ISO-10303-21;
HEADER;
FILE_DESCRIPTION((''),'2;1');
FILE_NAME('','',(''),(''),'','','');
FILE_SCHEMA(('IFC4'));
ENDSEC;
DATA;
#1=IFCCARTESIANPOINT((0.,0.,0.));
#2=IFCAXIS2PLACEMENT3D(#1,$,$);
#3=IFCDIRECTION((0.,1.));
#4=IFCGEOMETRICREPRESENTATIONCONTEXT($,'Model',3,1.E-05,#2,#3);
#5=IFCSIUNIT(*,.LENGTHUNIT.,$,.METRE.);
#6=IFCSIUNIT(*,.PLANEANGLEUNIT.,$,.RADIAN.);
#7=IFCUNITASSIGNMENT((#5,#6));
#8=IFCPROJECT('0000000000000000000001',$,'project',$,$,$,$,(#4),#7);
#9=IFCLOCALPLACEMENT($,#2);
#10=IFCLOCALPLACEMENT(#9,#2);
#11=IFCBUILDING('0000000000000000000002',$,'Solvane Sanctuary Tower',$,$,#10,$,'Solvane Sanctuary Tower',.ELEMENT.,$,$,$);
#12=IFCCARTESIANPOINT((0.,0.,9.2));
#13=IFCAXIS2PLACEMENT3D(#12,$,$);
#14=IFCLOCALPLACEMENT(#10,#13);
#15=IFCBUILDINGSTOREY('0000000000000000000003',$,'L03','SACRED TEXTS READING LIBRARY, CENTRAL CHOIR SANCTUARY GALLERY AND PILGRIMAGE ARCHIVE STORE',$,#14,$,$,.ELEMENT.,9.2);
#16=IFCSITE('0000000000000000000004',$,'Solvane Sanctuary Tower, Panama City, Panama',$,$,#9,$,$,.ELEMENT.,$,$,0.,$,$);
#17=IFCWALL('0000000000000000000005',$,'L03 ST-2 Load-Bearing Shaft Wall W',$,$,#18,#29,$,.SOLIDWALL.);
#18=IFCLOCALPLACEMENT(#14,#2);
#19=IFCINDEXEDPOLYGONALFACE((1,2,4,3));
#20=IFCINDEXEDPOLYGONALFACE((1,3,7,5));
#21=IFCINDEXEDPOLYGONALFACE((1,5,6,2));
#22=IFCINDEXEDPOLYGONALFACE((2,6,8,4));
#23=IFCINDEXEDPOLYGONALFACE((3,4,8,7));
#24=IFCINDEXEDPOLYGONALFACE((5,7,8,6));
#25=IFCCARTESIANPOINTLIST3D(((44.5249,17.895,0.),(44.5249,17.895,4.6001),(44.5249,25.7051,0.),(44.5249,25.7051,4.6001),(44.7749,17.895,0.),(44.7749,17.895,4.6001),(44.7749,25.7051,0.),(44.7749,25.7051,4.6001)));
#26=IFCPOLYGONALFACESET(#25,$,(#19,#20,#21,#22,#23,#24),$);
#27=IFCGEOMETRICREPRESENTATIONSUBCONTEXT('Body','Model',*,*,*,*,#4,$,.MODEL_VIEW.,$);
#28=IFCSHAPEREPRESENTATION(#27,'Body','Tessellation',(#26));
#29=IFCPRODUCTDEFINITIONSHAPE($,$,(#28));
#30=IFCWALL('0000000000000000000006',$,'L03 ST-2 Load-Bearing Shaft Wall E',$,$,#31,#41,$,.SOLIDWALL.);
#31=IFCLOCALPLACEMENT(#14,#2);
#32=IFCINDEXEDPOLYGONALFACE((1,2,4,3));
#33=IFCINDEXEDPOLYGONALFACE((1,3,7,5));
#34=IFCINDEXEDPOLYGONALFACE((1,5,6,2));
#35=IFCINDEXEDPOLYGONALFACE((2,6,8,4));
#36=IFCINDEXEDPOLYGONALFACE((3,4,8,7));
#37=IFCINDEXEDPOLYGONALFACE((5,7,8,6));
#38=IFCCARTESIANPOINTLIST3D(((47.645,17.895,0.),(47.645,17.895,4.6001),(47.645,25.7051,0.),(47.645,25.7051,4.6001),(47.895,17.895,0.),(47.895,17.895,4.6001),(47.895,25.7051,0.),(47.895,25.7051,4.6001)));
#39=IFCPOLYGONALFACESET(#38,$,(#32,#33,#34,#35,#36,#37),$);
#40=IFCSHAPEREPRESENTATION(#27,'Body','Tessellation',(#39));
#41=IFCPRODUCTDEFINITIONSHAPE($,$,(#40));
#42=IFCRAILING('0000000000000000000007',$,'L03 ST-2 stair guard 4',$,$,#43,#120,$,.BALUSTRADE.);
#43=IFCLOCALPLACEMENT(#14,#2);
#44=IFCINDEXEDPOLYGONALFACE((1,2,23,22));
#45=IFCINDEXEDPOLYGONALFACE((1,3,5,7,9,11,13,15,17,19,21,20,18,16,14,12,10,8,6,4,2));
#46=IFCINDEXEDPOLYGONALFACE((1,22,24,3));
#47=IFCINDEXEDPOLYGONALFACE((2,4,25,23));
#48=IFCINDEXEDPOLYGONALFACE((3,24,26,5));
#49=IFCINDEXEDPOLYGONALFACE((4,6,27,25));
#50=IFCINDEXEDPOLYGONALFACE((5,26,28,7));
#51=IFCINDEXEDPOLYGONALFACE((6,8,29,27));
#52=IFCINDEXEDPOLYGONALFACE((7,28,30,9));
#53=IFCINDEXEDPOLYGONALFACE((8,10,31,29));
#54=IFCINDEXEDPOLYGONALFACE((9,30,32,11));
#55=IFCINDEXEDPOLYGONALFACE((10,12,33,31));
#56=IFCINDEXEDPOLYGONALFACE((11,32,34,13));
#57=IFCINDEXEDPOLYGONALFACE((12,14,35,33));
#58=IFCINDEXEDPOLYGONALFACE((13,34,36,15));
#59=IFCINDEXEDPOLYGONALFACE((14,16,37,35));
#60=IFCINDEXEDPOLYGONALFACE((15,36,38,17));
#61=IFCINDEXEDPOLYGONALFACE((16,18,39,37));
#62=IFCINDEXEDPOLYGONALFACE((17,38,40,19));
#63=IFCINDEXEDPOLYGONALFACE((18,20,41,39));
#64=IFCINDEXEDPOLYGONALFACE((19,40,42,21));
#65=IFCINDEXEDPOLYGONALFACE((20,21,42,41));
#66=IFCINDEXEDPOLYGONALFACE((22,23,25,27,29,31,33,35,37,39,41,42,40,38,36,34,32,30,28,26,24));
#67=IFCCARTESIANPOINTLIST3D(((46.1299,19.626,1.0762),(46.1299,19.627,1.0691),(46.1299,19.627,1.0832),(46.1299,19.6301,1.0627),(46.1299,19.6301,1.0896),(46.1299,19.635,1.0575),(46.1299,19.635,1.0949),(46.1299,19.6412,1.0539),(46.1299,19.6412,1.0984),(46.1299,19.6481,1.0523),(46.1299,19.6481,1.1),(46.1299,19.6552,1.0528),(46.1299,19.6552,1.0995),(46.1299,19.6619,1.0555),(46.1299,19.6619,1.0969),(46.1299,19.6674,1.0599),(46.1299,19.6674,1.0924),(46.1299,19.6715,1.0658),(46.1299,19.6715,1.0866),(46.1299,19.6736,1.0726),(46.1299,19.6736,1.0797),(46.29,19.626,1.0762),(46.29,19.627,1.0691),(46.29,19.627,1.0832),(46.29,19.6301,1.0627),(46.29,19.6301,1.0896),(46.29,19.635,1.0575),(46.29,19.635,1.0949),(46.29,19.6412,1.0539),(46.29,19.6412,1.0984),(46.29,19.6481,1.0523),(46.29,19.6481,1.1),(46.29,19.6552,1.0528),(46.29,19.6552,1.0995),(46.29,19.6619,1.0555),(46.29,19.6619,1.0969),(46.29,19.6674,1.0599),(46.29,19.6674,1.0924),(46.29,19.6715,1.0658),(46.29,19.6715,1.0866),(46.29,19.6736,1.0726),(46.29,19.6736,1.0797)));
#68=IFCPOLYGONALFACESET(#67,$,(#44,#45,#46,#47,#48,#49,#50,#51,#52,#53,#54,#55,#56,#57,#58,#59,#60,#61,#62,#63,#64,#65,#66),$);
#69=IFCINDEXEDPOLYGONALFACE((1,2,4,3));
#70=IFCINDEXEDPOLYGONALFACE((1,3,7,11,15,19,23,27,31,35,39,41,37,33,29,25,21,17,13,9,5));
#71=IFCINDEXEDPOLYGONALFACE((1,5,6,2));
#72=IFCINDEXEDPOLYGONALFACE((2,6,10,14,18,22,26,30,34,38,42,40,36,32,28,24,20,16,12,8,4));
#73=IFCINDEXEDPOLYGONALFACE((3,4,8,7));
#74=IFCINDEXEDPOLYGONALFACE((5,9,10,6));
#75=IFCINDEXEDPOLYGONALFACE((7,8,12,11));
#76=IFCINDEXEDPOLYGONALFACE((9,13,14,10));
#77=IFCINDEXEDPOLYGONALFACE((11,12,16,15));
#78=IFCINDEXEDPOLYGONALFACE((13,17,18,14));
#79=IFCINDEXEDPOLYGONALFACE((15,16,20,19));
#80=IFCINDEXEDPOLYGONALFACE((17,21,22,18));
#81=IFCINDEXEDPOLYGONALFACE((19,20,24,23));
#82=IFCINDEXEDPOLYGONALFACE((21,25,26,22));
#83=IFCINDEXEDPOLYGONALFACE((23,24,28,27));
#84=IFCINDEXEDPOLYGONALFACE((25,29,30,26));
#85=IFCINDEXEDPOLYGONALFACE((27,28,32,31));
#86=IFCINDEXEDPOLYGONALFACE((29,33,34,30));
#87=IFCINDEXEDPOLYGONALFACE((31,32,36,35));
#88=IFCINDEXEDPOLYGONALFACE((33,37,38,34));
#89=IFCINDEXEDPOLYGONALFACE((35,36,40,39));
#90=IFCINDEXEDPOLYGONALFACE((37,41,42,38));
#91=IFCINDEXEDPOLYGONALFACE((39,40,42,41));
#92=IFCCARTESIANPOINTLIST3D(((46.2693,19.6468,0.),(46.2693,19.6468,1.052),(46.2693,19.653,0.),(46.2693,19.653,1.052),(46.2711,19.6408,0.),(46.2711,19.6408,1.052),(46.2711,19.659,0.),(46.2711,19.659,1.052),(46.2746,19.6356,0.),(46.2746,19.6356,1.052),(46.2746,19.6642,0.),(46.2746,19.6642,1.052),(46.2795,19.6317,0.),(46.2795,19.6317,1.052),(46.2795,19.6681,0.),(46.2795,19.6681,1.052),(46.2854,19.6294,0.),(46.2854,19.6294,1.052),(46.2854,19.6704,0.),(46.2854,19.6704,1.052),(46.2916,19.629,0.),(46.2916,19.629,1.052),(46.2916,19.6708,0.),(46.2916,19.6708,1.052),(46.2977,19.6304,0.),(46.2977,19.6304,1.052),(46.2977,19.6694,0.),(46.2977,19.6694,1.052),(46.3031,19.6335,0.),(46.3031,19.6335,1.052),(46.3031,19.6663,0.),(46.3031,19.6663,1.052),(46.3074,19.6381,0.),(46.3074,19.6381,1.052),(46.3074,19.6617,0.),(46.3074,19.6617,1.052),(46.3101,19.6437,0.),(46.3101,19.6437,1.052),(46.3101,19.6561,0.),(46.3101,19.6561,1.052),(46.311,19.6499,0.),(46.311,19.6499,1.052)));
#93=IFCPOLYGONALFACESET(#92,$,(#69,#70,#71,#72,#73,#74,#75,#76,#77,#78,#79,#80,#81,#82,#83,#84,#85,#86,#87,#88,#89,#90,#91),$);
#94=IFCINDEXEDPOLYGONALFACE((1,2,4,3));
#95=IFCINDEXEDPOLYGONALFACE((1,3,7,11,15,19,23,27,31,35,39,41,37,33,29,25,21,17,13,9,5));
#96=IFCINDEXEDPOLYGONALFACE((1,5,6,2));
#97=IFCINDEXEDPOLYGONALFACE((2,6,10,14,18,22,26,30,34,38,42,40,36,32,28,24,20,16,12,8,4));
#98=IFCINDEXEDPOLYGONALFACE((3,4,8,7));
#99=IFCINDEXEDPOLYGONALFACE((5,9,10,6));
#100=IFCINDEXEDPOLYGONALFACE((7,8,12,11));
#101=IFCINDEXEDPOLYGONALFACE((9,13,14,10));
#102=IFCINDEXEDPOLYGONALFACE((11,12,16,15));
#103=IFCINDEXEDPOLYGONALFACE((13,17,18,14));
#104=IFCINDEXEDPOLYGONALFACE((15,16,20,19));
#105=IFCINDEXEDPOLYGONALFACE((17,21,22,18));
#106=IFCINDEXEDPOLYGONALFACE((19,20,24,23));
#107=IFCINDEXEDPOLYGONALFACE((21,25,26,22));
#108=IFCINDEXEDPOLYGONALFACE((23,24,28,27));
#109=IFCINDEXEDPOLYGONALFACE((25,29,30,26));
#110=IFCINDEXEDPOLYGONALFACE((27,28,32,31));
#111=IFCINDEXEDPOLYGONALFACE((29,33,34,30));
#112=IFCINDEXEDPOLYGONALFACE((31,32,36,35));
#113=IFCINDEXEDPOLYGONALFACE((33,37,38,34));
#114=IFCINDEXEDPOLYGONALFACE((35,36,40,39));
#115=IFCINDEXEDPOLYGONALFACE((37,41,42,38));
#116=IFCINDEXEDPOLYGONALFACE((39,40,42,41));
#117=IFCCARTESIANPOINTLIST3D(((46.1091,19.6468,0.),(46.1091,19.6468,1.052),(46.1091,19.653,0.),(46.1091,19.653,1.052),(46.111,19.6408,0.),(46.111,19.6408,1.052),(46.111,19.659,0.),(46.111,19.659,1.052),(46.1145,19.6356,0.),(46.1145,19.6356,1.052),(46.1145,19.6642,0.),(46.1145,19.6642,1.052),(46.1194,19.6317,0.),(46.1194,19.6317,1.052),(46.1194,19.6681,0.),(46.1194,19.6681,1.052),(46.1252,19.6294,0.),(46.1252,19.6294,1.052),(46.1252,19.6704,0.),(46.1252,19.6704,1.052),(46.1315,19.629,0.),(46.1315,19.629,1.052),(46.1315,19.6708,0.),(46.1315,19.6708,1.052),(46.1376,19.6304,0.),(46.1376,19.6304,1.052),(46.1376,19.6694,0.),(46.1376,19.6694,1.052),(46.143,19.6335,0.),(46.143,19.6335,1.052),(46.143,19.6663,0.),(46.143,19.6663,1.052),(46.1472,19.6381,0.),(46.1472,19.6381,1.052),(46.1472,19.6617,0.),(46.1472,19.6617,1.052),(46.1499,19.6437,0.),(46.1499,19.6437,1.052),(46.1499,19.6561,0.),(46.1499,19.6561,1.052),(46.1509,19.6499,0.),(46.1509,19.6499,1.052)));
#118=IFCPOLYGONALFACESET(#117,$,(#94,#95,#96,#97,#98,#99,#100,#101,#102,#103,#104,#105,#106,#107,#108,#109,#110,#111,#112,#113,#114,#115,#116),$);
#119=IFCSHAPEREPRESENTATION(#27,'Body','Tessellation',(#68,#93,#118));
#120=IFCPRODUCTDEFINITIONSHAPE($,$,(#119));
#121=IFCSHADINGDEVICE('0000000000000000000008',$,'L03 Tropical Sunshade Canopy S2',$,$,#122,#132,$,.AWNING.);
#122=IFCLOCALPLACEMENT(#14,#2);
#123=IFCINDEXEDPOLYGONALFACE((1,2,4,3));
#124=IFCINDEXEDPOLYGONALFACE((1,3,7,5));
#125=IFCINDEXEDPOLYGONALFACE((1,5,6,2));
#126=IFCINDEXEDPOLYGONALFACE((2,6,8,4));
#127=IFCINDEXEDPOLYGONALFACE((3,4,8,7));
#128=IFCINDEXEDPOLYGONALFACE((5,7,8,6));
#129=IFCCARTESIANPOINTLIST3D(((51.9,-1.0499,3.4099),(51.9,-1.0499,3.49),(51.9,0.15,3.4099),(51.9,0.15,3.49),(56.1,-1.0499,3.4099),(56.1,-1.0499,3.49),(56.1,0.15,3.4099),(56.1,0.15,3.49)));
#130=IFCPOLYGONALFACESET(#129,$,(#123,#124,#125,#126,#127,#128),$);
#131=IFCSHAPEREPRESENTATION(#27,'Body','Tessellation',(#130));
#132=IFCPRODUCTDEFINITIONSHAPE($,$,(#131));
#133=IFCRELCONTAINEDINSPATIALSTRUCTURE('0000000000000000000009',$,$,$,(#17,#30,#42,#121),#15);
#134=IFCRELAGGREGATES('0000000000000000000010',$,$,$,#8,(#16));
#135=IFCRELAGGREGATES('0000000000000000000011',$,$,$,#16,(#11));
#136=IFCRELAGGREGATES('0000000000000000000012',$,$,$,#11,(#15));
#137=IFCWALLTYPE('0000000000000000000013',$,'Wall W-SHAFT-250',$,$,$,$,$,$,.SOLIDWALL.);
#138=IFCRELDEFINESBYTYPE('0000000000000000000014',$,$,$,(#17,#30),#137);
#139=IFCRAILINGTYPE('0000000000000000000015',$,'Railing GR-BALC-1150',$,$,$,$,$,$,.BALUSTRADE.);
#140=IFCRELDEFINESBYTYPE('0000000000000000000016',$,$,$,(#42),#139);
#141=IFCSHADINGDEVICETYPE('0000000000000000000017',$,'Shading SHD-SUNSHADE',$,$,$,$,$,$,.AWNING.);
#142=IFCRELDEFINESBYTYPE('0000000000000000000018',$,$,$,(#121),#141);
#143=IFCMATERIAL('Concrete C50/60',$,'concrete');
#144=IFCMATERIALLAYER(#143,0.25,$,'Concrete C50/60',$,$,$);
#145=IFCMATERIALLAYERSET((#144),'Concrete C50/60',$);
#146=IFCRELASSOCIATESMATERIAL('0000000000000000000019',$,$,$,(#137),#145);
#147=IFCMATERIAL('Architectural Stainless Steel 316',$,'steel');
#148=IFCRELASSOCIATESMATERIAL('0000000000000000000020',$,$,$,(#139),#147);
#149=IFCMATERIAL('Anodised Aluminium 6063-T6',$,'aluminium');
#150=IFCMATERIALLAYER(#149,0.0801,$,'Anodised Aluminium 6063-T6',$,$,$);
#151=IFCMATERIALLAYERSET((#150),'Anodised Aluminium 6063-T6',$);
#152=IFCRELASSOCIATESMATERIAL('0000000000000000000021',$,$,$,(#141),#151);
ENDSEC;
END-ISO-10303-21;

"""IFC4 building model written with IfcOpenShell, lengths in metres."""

from ifc_helpers import new_model, si_unit, direction, frame, frame_2d, origin, origin_2d, place, context, subcontext, project, spatial, rectangle, circle, extrude, material, layer, layer_set, type_object, element, save


model = new_model("IFC4")

# Units and contexts
model_context = context("Model", 3, precision=1e-05, world=origin(), true_north=direction((0.0, 1.0)))
body_context = subcontext(model_context, "Body", "Model", "MODEL_VIEW")
ifc_project = project(units=[si_unit("LENGTHUNIT", "METRE"), si_unit("PLANEANGLEUNIT", "RADIAN")], contexts=[model_context])

# Site, building, storey
site_placement = place(None, origin())
site = spatial("IfcSite", under=ifc_project, at=site_placement, Name="Solvane Sanctuary Tower, Panama City, Panama", CompositionType="ELEMENT", RefElevation=0.0)
building_placement = place(site_placement, origin())
building = spatial("IfcBuilding", under=site, at=building_placement, Name="Solvane Sanctuary Tower", LongName="Solvane Sanctuary Tower", CompositionType="ELEMENT")
storey_placement = place(building_placement, frame((0.0, 0.0, 9.2)))
storey = spatial("IfcBuildingStorey", under=building, at=storey_placement, Name="L03", Description="SACRED TEXTS READING LIBRARY, CENTRAL CHOIR SANCTUARY GALLERY AND PILGRIMAGE ARCHIVE STORE", CompositionType="ELEMENT", Elevation=9.2)

# Shared definitions
ifc_material_1 = material(Name="Anodised Aluminium 6063-T6", Category="aluminium")

# Shared definitions
ifc_material_2 = material(Name="Architectural Stainless Steel 316", Category="steel")

# Shared definitions
ifc_material_3 = material(Name="Concrete C50/60", Category="concrete")

# Shared definitions
ifc_layer_1 = layer(ifc_material_3, 0.25, Name="Concrete C50/60")
ifc_layer_set_1 = layer_set([ifc_layer_1], Name="Concrete C50/60")
wall_type_1 = type_object("IfcWallType", Name="Wall W-SHAFT-250", PredefinedType="SOLIDWALL", material=ifc_layer_set_1)

# Walls
for number, where, z_axis, x_axis, name in (
    (1, (44.6499, 17.895, 0.0), (0.0, 0.0, 1.0), (0.0, 1.0, 0.0), "L03 ST-2 Load-Bearing Shaft Wall W"),
    (2, (47.77, 17.895, 0.0), (0.0, 0.0, 1.0), (0.0, 1.0, 0.0), "L03 ST-2 Load-Bearing Shaft Wall E"),
):
    element("IfcWall", number, at=place(storey_placement, frame(where, z_axis=z_axis, x_axis=x_axis)), inside=storey, type_object=wall_type_1, Name=name, PredefinedType="SOLIDWALL", context=body_context, shape_type="SweptSolid", body=[
        extrude(rectangle(XDim=7.8101, YDim=0.25, at=frame_2d((3.905, 0.0))), origin(), (0.0, 0.0, 1.0), 4.6001),
    ])

# Railing
railing_type = type_object("IfcRailingType", Name="Railing GR-BALC-1150", PredefinedType="BALUSTRADE", material=ifc_material_2)
railing_placement = place(storey_placement, frame((46.29, 19.6499, 0.0)))
element("IfcRailing", 3, at=railing_placement, inside=storey, type_object=railing_type, Name="L03 ST-2 stair guard 4", PredefinedType="BALUSTRADE", context=body_context, shape_type="SweptSolid", body=[
    extrude(circle(Radius=0.0239, at=origin_2d()), frame((0.0, 0.0, 1.0762), z_axis=(-1.0, 0.0, 0.0), x_axis=(0.0, -1.0, 0.0)), (0.0, 0.0, 1.0), 0.1602),
    extrude(circle(Radius=0.021, at=origin_2d()), origin(), (0.0, 0.0, 1.0), 1.052),
    extrude(circle(Radius=0.021, at=origin_2d()), frame((-0.1602, 0.0, 0.0)), (0.0, 0.0, 1.0), 1.052),
])

# Shading device
ifc_layer_2 = layer(ifc_material_1, 0.0801, Name="Anodised Aluminium 6063-T6")
ifc_layer_set_2 = layer_set([ifc_layer_2], Name="Anodised Aluminium 6063-T6")
shading_device_type = type_object("IfcShadingDeviceType", Name="Shading SHD-SUNSHADE", PredefinedType="AWNING", material=ifc_layer_set_2)
shading_device_placement = place(storey_placement, frame((54.0, -0.45, 3.4099), z_axis=(0.0, 0.0, 1.0), x_axis=(1.0, 0.0, 0.0)))
element("IfcShadingDevice", 4, at=shading_device_placement, inside=storey, type_object=shading_device_type, Name="L03 Tropical Sunshade Canopy S2", PredefinedType="AWNING", context=body_context, shape_type="SweptSolid", body=[
    extrude(rectangle(XDim=4.2, YDim=1.2, at=origin_2d()), origin(), (0.0, 0.0, 1.0), 0.0801),
])

save(model, "model.ifc")
